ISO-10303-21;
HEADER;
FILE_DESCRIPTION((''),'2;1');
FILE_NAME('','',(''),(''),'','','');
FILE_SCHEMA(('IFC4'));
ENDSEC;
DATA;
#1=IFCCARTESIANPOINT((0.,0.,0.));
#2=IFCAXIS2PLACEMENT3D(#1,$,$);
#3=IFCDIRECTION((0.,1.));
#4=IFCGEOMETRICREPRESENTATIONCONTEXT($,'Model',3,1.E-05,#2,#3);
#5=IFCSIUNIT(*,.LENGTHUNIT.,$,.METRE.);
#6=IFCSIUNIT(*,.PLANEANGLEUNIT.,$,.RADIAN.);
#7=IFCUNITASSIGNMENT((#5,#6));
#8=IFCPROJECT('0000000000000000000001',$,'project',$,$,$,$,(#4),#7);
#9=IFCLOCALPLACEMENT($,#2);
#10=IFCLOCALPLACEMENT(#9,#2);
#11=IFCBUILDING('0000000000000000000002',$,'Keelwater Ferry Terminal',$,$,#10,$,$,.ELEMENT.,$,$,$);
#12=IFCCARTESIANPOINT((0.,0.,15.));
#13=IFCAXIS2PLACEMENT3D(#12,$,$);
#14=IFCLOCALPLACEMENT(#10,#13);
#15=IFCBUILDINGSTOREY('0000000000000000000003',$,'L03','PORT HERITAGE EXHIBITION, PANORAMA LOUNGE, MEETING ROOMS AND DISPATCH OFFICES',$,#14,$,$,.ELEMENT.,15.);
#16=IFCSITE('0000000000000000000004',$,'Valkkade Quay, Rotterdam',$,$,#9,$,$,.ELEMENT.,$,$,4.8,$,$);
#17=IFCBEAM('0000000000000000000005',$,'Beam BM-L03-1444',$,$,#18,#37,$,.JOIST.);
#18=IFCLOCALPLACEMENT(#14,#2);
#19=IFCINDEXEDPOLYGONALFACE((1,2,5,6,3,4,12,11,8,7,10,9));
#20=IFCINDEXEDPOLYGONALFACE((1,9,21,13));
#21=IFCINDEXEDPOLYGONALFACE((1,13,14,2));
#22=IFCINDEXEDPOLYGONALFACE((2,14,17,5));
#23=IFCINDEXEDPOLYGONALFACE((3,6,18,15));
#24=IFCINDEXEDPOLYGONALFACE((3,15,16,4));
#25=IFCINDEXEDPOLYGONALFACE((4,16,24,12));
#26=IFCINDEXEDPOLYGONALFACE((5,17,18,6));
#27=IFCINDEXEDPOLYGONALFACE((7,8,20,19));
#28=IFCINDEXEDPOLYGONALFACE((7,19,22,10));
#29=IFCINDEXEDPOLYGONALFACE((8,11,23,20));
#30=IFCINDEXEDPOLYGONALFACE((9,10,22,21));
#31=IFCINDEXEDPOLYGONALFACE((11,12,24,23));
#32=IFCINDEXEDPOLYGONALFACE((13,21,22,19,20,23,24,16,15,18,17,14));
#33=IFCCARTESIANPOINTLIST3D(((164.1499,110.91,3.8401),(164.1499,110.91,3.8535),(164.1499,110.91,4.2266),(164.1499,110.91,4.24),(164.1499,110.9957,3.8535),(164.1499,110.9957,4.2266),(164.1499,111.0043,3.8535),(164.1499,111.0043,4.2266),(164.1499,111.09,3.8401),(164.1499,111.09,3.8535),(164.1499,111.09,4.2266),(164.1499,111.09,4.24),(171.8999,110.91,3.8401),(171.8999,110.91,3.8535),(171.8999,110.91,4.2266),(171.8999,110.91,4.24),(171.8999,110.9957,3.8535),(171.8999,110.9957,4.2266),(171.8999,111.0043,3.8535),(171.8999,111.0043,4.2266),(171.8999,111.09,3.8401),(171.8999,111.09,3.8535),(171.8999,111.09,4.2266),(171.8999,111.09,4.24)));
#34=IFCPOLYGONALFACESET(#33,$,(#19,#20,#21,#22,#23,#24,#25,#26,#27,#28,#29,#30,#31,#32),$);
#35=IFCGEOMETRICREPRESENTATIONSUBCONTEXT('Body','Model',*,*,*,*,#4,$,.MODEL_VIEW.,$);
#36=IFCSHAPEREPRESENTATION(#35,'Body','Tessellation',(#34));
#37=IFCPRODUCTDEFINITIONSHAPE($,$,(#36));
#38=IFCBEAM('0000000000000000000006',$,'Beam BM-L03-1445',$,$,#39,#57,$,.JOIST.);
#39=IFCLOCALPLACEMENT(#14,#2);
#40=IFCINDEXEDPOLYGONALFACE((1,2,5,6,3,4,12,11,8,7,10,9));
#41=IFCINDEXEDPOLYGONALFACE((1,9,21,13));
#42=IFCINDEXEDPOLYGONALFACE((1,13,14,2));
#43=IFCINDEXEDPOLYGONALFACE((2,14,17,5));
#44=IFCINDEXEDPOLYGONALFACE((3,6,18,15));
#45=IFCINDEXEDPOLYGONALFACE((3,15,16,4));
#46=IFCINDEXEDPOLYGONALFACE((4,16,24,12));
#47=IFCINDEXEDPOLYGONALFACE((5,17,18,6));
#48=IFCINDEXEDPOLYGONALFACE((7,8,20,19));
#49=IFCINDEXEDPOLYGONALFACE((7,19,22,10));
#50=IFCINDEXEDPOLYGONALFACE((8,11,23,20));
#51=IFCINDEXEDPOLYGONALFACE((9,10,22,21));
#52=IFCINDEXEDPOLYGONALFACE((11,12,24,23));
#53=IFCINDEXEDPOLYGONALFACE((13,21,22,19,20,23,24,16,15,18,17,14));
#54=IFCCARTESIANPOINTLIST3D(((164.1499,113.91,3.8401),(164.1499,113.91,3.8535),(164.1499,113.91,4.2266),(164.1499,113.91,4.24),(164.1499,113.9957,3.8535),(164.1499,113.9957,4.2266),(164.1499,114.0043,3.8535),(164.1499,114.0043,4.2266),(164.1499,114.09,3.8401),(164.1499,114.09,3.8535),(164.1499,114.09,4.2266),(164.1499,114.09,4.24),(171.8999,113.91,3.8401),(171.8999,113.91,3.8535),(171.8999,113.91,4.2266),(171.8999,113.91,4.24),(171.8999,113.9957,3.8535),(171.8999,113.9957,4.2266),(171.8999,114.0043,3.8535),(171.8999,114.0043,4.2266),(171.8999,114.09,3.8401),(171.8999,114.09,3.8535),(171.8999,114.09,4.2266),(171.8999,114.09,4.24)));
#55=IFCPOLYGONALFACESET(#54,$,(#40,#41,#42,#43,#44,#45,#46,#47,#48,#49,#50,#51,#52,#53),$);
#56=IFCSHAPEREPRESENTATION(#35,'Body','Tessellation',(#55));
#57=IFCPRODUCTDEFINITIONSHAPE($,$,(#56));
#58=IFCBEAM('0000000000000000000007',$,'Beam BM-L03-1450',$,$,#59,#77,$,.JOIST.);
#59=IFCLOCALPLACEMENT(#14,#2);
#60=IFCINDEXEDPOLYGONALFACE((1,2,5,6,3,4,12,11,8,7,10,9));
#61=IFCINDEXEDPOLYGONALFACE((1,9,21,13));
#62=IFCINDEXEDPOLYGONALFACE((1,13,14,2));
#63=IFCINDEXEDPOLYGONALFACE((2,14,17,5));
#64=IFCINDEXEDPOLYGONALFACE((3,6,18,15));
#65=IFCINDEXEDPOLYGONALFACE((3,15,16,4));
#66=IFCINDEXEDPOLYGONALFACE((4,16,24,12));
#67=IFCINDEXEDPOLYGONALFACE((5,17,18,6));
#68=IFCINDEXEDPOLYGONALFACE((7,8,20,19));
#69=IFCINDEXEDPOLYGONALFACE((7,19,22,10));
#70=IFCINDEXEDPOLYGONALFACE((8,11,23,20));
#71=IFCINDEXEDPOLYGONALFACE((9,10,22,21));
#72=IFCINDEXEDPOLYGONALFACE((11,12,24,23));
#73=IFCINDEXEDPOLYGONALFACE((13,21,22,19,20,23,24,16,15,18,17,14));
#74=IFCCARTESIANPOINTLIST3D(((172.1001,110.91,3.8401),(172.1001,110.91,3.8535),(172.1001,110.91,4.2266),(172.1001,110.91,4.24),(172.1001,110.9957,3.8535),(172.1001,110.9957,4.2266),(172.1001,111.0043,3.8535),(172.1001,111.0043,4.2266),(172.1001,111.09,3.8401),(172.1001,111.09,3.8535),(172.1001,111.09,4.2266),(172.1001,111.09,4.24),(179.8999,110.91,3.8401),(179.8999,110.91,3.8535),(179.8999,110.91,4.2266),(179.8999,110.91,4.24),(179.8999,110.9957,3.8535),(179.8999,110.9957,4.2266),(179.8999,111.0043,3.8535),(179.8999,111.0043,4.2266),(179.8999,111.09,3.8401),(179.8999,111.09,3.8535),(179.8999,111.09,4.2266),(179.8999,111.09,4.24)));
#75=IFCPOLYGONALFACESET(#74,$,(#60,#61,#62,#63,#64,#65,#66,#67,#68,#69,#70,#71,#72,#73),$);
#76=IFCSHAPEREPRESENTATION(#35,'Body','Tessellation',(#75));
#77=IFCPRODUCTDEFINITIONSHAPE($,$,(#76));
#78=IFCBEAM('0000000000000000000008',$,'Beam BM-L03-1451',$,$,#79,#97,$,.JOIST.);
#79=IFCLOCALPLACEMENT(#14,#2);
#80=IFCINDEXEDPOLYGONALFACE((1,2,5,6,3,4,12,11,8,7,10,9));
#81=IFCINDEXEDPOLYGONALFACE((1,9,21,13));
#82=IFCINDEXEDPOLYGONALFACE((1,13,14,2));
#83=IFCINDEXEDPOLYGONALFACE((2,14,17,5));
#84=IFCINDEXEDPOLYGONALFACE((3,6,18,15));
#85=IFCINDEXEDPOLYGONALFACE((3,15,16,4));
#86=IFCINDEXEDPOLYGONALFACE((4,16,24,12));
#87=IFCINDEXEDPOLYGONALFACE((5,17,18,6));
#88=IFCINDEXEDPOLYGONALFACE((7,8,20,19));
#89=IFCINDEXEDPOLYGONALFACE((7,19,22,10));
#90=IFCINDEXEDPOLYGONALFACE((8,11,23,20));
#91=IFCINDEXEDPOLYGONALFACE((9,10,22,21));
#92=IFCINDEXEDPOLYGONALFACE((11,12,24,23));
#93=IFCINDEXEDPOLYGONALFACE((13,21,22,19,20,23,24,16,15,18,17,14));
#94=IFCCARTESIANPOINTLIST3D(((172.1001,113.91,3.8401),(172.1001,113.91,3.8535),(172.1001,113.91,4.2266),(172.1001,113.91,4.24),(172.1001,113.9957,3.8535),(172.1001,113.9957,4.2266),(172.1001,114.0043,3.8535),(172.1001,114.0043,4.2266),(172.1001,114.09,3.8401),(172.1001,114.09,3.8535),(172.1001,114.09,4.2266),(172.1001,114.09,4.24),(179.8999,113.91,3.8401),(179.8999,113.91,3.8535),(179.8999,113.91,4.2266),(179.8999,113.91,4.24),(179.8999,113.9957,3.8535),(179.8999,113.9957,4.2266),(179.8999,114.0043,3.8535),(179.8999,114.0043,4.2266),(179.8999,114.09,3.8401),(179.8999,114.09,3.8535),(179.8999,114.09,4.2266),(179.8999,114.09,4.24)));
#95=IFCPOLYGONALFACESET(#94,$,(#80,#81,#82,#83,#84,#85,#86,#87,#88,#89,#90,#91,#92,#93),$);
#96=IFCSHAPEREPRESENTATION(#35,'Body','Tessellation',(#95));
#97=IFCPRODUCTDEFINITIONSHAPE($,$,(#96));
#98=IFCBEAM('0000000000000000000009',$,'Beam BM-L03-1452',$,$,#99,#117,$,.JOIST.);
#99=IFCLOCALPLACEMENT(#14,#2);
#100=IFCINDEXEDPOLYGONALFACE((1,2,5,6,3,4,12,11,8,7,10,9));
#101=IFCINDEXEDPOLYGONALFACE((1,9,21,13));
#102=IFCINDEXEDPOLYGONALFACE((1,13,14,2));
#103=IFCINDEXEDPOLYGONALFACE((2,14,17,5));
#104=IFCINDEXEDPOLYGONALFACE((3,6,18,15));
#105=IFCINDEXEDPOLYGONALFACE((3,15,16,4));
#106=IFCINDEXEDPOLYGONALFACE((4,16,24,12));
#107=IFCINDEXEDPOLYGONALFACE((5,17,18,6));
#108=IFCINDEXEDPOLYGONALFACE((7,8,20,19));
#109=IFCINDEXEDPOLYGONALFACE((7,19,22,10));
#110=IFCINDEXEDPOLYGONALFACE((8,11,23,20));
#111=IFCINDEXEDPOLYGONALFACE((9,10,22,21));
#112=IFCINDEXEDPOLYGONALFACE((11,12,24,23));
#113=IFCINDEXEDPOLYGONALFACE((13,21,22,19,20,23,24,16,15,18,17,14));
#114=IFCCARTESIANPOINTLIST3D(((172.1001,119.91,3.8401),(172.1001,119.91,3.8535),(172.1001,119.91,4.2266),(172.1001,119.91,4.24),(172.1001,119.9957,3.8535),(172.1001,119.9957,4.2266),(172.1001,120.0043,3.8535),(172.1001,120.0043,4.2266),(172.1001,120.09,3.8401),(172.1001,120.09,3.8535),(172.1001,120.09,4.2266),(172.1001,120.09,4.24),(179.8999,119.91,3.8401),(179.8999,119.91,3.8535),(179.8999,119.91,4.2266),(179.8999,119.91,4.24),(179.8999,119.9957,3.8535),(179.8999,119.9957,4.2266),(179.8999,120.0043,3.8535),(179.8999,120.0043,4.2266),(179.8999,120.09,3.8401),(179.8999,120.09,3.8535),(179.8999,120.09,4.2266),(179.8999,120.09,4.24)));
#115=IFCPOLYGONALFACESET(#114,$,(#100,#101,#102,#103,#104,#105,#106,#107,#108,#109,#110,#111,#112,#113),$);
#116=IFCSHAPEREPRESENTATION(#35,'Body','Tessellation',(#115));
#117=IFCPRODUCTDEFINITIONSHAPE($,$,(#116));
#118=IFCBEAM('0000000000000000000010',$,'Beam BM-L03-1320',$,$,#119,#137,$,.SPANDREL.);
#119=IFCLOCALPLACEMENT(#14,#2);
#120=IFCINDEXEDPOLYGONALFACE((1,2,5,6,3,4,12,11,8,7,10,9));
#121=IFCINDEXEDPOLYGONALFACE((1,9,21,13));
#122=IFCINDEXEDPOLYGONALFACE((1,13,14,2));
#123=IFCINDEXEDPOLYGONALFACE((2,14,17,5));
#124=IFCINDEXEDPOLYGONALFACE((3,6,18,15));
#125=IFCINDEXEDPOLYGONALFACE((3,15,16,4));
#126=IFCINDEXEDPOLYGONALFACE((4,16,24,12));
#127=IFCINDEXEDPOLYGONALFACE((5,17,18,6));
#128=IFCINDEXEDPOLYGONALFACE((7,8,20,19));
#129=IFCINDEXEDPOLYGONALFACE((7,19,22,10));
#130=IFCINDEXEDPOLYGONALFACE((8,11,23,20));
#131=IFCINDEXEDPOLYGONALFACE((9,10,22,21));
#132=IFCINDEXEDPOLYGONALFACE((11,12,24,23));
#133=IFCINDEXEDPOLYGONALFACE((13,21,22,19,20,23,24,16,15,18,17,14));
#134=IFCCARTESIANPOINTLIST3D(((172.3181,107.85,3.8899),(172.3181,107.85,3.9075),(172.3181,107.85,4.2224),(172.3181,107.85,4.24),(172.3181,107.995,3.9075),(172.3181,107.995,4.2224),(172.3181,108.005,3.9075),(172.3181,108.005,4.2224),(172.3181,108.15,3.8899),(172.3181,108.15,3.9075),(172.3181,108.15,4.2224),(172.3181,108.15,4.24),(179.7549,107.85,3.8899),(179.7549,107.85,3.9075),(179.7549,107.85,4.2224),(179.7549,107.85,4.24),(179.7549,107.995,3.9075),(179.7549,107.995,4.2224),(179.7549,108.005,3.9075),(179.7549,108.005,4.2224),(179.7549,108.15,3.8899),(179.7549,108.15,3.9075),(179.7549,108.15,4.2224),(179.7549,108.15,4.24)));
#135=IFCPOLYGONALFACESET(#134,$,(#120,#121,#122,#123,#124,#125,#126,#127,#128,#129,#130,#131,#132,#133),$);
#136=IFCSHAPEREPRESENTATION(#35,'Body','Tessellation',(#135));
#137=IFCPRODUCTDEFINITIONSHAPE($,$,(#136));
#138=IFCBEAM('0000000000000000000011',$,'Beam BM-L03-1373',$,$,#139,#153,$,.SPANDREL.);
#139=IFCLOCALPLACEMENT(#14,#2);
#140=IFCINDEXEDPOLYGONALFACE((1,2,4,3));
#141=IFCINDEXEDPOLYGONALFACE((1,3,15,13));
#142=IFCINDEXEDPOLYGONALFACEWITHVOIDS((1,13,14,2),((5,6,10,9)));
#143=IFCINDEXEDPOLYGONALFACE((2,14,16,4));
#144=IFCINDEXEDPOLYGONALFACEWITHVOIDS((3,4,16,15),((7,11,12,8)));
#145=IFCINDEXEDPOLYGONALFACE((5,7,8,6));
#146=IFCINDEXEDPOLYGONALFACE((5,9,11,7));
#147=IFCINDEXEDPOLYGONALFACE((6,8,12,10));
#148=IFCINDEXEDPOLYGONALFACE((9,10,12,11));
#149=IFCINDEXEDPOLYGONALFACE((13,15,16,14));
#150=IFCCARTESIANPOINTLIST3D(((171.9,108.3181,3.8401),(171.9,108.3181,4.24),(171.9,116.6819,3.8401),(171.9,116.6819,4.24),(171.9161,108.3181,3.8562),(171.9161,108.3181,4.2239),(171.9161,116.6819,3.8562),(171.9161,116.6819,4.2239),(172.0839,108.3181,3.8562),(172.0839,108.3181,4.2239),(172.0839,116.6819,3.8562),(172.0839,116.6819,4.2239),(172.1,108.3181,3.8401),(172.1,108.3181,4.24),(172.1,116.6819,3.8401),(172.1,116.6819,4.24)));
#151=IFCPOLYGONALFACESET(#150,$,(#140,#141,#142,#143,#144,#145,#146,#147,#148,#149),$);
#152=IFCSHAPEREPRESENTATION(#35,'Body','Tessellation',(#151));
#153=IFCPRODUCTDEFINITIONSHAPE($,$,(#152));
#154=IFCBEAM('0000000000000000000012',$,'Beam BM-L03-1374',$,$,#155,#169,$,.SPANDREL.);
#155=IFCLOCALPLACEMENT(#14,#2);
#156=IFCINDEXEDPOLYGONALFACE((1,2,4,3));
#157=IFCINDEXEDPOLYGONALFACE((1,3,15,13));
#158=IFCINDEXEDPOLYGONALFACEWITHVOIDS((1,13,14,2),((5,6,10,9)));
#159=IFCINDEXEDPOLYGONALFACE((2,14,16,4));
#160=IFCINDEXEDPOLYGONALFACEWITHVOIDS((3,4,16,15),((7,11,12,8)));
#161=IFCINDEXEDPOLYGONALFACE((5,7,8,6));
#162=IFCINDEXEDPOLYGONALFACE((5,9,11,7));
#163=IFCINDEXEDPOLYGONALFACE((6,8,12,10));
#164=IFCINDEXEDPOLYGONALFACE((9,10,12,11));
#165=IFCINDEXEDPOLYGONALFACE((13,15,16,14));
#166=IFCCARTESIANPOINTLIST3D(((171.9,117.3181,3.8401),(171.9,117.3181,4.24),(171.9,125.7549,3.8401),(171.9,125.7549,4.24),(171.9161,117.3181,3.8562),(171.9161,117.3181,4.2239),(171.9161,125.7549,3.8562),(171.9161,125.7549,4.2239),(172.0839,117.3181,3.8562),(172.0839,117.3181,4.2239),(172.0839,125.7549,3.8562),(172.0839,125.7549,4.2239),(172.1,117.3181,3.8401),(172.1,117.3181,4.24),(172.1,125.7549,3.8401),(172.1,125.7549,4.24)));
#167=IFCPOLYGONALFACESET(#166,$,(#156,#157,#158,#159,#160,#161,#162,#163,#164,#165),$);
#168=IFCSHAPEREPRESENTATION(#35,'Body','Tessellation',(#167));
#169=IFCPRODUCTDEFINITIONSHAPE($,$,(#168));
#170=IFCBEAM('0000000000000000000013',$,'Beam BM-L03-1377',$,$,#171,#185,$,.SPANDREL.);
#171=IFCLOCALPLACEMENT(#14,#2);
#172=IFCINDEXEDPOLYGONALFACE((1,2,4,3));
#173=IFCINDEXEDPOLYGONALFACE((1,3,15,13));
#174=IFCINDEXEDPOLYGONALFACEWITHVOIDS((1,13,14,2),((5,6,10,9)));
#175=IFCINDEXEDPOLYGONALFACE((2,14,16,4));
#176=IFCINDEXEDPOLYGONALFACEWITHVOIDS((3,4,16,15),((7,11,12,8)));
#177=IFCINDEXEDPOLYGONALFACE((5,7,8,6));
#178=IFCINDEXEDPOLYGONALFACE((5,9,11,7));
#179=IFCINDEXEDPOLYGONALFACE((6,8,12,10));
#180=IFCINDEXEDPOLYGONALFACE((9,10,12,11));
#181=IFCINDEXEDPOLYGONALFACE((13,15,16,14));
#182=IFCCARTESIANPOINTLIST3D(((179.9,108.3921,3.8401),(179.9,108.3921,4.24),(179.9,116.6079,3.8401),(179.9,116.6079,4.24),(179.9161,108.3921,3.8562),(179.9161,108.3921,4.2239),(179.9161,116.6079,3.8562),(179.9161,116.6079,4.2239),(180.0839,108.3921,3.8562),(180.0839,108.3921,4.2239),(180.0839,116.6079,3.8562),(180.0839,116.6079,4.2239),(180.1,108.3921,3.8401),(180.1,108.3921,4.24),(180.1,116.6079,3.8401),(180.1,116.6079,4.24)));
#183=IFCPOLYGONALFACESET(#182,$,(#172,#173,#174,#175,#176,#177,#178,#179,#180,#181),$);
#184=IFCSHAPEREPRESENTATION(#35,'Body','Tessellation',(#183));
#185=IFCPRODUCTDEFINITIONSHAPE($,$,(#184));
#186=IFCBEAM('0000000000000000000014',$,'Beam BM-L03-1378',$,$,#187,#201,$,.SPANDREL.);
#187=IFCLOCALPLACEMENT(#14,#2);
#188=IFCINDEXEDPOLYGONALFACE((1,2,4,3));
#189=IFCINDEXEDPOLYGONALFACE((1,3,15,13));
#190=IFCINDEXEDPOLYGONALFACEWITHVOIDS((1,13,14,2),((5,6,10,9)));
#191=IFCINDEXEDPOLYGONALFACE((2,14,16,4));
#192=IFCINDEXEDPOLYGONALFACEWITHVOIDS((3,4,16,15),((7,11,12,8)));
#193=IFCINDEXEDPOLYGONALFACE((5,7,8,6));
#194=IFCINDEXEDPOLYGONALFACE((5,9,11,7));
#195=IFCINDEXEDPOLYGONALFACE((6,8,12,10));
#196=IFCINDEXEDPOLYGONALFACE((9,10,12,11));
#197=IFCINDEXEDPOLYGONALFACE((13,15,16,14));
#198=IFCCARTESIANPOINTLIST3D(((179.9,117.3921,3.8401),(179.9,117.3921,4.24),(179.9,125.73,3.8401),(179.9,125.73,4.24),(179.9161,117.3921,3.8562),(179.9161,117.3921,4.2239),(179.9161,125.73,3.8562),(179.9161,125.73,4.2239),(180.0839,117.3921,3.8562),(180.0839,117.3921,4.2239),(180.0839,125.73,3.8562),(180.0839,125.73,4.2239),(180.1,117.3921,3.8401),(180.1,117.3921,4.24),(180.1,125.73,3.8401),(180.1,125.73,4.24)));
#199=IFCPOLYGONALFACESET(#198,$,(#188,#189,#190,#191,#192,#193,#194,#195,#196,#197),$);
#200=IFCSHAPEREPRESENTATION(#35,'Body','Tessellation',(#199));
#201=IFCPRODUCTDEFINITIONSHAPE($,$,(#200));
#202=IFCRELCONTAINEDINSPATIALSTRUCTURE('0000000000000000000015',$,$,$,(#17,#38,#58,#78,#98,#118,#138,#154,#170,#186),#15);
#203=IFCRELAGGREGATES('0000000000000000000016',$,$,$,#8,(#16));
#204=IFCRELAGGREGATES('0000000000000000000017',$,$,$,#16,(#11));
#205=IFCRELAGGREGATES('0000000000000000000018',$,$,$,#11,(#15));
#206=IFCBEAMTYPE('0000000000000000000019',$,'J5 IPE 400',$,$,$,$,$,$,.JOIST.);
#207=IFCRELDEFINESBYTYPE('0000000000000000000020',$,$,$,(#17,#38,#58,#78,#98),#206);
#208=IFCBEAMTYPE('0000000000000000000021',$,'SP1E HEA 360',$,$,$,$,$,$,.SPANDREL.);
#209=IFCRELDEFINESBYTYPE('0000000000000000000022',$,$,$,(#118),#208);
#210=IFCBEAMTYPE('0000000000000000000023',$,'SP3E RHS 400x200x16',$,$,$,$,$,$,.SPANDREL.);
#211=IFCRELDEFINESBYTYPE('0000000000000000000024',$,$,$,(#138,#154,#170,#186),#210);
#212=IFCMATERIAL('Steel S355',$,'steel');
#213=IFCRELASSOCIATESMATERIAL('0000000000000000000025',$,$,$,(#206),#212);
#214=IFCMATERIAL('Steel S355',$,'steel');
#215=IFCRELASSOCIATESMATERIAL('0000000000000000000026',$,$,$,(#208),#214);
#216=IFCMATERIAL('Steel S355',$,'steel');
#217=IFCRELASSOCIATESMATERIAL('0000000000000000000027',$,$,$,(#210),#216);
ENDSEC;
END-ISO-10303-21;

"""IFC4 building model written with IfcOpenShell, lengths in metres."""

from ifc_helpers import new_model, si_unit, direction, frame, origin, origin_2d, place, context, subcontext, project, spatial, hollow_rectangle, i_section, extrude, material, material_profile, profile_set, type_object, element, save


model = new_model("IFC4")

# Units and contexts
model_context = context("Model", 3, precision=1e-05, world=origin(), true_north=direction((0.0, 1.0)))
body_context = subcontext(model_context, "Body", "Model", "MODEL_VIEW")
ifc_project = project(units=[si_unit("LENGTHUNIT", "METRE"), si_unit("PLANEANGLEUNIT", "RADIAN")], contexts=[model_context])

# Site, building, storey
site_placement = place(None, origin())
site = spatial("IfcSite", under=ifc_project, at=site_placement, Name="Valkkade Quay, Rotterdam", CompositionType="ELEMENT", RefElevation=4.8)
building_placement = place(site_placement, origin())
building = spatial("IfcBuilding", under=site, at=building_placement, Name="Keelwater Ferry Terminal", CompositionType="ELEMENT")
storey_placement = place(building_placement, frame((0.0, 0.0, 15.0)))
storey = spatial("IfcBuildingStorey", under=building, at=storey_placement, Name="L03", Description="PORT HERITAGE EXHIBITION, PANORAMA LOUNGE, MEETING ROOMS AND DISPATCH OFFICES", CompositionType="ELEMENT", Elevation=15.0)

# Beams
ifc_material_1 = material(Name="Steel S355", Category="steel")
ifc_material_profile_1 = material_profile(ifc_material_1, i_section(OverallWidth=0.1799, OverallDepth=0.3999, WebThickness=0.0085, FlangeThickness=0.0134, at=origin_2d()), Name="IPE 400")
ifc_profile_set_1 = profile_set([ifc_material_profile_1], Name="Steel S355")
beam_type_1 = type_object("IfcBeamType", Name="J5 IPE 400", PredefinedType="JOIST", material=ifc_profile_set_1)
for number, where, z_axis, x_axis, name in (
    (1, (164.1499, 111.0, 4.04), (1.0, 0.0, 0.0), (0.0, 1.0, 0.0), "Beam BM-L03-1444"),
    (2, (164.1499, 114.0, 4.04), (1.0, 0.0, 0.0), (0.0, 1.0, 0.0), "Beam BM-L03-1445"),
):
    element("IfcBeam", number, at=place(storey_placement, frame(where, z_axis=z_axis, x_axis=x_axis)), inside=storey, type_object=beam_type_1, Name=name, PredefinedType="JOIST", context=body_context, shape_type="SweptSolid", body=[
        extrude(i_section(OverallWidth=0.1799, OverallDepth=0.3999, WebThickness=0.0085, FlangeThickness=0.0134, at=origin_2d()), origin(), (0.0, 0.0, 1.0), 7.75),
    ])
for number, where, z_axis, x_axis, name in (
    (3, (172.1001, 111.0, 4.04), (1.0, 0.0, 0.0), (0.0, 1.0, 0.0), "Beam BM-L03-1450"),
    (4, (172.1001, 114.0, 4.04), (1.0, 0.0, 0.0), (0.0, 1.0, 0.0), "Beam BM-L03-1451"),
    (5, (172.1001, 120.0, 4.04), (1.0, 0.0, 0.0), (0.0, 1.0, 0.0), "Beam BM-L03-1452"),
):
    element("IfcBeam", number, at=place(storey_placement, frame(where, z_axis=z_axis, x_axis=x_axis)), inside=storey, type_object=beam_type_1, Name=name, PredefinedType="JOIST", context=body_context, shape_type="SweptSolid", body=[
        extrude(i_section(OverallWidth=0.1799, OverallDepth=0.3999, WebThickness=0.0085, FlangeThickness=0.0134, at=origin_2d()), origin(), (0.0, 0.0, 1.0), 7.7998),
    ])
ifc_material_2 = material(Name="Steel S355", Category="steel")
ifc_material_profile_2 = material_profile(ifc_material_2, i_section(OverallWidth=0.3, OverallDepth=0.3501, WebThickness=0.01, FlangeThickness=0.0176, at=origin_2d()), Name="HEA 360")
ifc_profile_set_2 = profile_set([ifc_material_profile_2], Name="Steel S355")
beam_type_2 = type_object("IfcBeamType", Name="SP1E HEA 360", PredefinedType="SPANDREL", material=ifc_profile_set_2)
beam_1_placement = place(storey_placement, frame((172.3181, 108.0, 4.0649), z_axis=(1.0, 0.0, 0.0), x_axis=(0.0, 1.0, 0.0)))
element("IfcBeam", 6, at=beam_1_placement, inside=storey, type_object=beam_type_2, Name="Beam BM-L03-1320", PredefinedType="SPANDREL", context=body_context, shape_type="SweptSolid", body=[
    extrude(i_section(OverallWidth=0.3, OverallDepth=0.3501, WebThickness=0.01, FlangeThickness=0.0176, at=origin_2d()), origin(), (0.0, 0.0, 1.0), 7.4368),
])
ifc_material_3 = material(Name="Steel S355", Category="steel")
ifc_material_profile_3 = material_profile(ifc_material_3, hollow_rectangle(XDim=0.2, YDim=0.3999, WallThickness=0.0161, at=origin_2d()), Name="RHS 400x200x16")
ifc_profile_set_3 = profile_set([ifc_material_profile_3], Name="Steel S355")
beam_type_3 = type_object("IfcBeamType", Name="SP3E RHS 400x200x16", PredefinedType="SPANDREL", material=ifc_profile_set_3)
beam_2_placement = place(storey_placement, frame((172.0, 108.3181, 4.04), z_axis=(0.0, 1.0, 0.0), x_axis=(-1.0, 0.0, 0.0)))
element("IfcBeam", 7, at=beam_2_placement, inside=storey, type_object=beam_type_3, Name="Beam BM-L03-1373", PredefinedType="SPANDREL", context=body_context, shape_type="SweptSolid", body=[
    extrude(hollow_rectangle(XDim=0.2, YDim=0.3999, WallThickness=0.0161, at=origin_2d()), origin(), (0.0, 0.0, 1.0), 8.3638),
])
beam_3_placement = place(storey_placement, frame((172.0, 117.3181, 4.04), z_axis=(0.0, 1.0, 0.0), x_axis=(-1.0, 0.0, 0.0)))
element("IfcBeam", 8, at=beam_3_placement, inside=storey, type_object=beam_type_3, Name="Beam BM-L03-1374", PredefinedType="SPANDREL", context=body_context, shape_type="SweptSolid", body=[
    extrude(hollow_rectangle(XDim=0.2, YDim=0.3999, WallThickness=0.0161, at=origin_2d()), origin(), (0.0, 0.0, 1.0), 8.4368),
])
beam_4_placement = place(storey_placement, frame((180.0, 108.3921, 4.04), z_axis=(0.0, 1.0, 0.0), x_axis=(-1.0, 0.0, 0.0)))
element("IfcBeam", 9, at=beam_4_placement, inside=storey, type_object=beam_type_3, Name="Beam BM-L03-1377", PredefinedType="SPANDREL", context=body_context, shape_type="SweptSolid", body=[
    extrude(hollow_rectangle(XDim=0.2, YDim=0.3999, WallThickness=0.0161, at=origin_2d()), origin(), (0.0, 0.0, 1.0), 8.2158),
])
beam_5_placement = place(storey_placement, frame((180.0, 117.3921, 4.04), z_axis=(0.0, 1.0, 0.0), x_axis=(-1.0, 0.0, 0.0)))
element("IfcBeam", 10, at=beam_5_placement, inside=storey, type_object=beam_type_3, Name="Beam BM-L03-1378", PredefinedType="SPANDREL", context=body_context, shape_type="SweptSolid", body=[
    extrude(hollow_rectangle(XDim=0.2, YDim=0.3999, WallThickness=0.0161, at=origin_2d()), origin(), (0.0, 0.0, 1.0), 8.3379),
])

save(model, "model.ifc")
